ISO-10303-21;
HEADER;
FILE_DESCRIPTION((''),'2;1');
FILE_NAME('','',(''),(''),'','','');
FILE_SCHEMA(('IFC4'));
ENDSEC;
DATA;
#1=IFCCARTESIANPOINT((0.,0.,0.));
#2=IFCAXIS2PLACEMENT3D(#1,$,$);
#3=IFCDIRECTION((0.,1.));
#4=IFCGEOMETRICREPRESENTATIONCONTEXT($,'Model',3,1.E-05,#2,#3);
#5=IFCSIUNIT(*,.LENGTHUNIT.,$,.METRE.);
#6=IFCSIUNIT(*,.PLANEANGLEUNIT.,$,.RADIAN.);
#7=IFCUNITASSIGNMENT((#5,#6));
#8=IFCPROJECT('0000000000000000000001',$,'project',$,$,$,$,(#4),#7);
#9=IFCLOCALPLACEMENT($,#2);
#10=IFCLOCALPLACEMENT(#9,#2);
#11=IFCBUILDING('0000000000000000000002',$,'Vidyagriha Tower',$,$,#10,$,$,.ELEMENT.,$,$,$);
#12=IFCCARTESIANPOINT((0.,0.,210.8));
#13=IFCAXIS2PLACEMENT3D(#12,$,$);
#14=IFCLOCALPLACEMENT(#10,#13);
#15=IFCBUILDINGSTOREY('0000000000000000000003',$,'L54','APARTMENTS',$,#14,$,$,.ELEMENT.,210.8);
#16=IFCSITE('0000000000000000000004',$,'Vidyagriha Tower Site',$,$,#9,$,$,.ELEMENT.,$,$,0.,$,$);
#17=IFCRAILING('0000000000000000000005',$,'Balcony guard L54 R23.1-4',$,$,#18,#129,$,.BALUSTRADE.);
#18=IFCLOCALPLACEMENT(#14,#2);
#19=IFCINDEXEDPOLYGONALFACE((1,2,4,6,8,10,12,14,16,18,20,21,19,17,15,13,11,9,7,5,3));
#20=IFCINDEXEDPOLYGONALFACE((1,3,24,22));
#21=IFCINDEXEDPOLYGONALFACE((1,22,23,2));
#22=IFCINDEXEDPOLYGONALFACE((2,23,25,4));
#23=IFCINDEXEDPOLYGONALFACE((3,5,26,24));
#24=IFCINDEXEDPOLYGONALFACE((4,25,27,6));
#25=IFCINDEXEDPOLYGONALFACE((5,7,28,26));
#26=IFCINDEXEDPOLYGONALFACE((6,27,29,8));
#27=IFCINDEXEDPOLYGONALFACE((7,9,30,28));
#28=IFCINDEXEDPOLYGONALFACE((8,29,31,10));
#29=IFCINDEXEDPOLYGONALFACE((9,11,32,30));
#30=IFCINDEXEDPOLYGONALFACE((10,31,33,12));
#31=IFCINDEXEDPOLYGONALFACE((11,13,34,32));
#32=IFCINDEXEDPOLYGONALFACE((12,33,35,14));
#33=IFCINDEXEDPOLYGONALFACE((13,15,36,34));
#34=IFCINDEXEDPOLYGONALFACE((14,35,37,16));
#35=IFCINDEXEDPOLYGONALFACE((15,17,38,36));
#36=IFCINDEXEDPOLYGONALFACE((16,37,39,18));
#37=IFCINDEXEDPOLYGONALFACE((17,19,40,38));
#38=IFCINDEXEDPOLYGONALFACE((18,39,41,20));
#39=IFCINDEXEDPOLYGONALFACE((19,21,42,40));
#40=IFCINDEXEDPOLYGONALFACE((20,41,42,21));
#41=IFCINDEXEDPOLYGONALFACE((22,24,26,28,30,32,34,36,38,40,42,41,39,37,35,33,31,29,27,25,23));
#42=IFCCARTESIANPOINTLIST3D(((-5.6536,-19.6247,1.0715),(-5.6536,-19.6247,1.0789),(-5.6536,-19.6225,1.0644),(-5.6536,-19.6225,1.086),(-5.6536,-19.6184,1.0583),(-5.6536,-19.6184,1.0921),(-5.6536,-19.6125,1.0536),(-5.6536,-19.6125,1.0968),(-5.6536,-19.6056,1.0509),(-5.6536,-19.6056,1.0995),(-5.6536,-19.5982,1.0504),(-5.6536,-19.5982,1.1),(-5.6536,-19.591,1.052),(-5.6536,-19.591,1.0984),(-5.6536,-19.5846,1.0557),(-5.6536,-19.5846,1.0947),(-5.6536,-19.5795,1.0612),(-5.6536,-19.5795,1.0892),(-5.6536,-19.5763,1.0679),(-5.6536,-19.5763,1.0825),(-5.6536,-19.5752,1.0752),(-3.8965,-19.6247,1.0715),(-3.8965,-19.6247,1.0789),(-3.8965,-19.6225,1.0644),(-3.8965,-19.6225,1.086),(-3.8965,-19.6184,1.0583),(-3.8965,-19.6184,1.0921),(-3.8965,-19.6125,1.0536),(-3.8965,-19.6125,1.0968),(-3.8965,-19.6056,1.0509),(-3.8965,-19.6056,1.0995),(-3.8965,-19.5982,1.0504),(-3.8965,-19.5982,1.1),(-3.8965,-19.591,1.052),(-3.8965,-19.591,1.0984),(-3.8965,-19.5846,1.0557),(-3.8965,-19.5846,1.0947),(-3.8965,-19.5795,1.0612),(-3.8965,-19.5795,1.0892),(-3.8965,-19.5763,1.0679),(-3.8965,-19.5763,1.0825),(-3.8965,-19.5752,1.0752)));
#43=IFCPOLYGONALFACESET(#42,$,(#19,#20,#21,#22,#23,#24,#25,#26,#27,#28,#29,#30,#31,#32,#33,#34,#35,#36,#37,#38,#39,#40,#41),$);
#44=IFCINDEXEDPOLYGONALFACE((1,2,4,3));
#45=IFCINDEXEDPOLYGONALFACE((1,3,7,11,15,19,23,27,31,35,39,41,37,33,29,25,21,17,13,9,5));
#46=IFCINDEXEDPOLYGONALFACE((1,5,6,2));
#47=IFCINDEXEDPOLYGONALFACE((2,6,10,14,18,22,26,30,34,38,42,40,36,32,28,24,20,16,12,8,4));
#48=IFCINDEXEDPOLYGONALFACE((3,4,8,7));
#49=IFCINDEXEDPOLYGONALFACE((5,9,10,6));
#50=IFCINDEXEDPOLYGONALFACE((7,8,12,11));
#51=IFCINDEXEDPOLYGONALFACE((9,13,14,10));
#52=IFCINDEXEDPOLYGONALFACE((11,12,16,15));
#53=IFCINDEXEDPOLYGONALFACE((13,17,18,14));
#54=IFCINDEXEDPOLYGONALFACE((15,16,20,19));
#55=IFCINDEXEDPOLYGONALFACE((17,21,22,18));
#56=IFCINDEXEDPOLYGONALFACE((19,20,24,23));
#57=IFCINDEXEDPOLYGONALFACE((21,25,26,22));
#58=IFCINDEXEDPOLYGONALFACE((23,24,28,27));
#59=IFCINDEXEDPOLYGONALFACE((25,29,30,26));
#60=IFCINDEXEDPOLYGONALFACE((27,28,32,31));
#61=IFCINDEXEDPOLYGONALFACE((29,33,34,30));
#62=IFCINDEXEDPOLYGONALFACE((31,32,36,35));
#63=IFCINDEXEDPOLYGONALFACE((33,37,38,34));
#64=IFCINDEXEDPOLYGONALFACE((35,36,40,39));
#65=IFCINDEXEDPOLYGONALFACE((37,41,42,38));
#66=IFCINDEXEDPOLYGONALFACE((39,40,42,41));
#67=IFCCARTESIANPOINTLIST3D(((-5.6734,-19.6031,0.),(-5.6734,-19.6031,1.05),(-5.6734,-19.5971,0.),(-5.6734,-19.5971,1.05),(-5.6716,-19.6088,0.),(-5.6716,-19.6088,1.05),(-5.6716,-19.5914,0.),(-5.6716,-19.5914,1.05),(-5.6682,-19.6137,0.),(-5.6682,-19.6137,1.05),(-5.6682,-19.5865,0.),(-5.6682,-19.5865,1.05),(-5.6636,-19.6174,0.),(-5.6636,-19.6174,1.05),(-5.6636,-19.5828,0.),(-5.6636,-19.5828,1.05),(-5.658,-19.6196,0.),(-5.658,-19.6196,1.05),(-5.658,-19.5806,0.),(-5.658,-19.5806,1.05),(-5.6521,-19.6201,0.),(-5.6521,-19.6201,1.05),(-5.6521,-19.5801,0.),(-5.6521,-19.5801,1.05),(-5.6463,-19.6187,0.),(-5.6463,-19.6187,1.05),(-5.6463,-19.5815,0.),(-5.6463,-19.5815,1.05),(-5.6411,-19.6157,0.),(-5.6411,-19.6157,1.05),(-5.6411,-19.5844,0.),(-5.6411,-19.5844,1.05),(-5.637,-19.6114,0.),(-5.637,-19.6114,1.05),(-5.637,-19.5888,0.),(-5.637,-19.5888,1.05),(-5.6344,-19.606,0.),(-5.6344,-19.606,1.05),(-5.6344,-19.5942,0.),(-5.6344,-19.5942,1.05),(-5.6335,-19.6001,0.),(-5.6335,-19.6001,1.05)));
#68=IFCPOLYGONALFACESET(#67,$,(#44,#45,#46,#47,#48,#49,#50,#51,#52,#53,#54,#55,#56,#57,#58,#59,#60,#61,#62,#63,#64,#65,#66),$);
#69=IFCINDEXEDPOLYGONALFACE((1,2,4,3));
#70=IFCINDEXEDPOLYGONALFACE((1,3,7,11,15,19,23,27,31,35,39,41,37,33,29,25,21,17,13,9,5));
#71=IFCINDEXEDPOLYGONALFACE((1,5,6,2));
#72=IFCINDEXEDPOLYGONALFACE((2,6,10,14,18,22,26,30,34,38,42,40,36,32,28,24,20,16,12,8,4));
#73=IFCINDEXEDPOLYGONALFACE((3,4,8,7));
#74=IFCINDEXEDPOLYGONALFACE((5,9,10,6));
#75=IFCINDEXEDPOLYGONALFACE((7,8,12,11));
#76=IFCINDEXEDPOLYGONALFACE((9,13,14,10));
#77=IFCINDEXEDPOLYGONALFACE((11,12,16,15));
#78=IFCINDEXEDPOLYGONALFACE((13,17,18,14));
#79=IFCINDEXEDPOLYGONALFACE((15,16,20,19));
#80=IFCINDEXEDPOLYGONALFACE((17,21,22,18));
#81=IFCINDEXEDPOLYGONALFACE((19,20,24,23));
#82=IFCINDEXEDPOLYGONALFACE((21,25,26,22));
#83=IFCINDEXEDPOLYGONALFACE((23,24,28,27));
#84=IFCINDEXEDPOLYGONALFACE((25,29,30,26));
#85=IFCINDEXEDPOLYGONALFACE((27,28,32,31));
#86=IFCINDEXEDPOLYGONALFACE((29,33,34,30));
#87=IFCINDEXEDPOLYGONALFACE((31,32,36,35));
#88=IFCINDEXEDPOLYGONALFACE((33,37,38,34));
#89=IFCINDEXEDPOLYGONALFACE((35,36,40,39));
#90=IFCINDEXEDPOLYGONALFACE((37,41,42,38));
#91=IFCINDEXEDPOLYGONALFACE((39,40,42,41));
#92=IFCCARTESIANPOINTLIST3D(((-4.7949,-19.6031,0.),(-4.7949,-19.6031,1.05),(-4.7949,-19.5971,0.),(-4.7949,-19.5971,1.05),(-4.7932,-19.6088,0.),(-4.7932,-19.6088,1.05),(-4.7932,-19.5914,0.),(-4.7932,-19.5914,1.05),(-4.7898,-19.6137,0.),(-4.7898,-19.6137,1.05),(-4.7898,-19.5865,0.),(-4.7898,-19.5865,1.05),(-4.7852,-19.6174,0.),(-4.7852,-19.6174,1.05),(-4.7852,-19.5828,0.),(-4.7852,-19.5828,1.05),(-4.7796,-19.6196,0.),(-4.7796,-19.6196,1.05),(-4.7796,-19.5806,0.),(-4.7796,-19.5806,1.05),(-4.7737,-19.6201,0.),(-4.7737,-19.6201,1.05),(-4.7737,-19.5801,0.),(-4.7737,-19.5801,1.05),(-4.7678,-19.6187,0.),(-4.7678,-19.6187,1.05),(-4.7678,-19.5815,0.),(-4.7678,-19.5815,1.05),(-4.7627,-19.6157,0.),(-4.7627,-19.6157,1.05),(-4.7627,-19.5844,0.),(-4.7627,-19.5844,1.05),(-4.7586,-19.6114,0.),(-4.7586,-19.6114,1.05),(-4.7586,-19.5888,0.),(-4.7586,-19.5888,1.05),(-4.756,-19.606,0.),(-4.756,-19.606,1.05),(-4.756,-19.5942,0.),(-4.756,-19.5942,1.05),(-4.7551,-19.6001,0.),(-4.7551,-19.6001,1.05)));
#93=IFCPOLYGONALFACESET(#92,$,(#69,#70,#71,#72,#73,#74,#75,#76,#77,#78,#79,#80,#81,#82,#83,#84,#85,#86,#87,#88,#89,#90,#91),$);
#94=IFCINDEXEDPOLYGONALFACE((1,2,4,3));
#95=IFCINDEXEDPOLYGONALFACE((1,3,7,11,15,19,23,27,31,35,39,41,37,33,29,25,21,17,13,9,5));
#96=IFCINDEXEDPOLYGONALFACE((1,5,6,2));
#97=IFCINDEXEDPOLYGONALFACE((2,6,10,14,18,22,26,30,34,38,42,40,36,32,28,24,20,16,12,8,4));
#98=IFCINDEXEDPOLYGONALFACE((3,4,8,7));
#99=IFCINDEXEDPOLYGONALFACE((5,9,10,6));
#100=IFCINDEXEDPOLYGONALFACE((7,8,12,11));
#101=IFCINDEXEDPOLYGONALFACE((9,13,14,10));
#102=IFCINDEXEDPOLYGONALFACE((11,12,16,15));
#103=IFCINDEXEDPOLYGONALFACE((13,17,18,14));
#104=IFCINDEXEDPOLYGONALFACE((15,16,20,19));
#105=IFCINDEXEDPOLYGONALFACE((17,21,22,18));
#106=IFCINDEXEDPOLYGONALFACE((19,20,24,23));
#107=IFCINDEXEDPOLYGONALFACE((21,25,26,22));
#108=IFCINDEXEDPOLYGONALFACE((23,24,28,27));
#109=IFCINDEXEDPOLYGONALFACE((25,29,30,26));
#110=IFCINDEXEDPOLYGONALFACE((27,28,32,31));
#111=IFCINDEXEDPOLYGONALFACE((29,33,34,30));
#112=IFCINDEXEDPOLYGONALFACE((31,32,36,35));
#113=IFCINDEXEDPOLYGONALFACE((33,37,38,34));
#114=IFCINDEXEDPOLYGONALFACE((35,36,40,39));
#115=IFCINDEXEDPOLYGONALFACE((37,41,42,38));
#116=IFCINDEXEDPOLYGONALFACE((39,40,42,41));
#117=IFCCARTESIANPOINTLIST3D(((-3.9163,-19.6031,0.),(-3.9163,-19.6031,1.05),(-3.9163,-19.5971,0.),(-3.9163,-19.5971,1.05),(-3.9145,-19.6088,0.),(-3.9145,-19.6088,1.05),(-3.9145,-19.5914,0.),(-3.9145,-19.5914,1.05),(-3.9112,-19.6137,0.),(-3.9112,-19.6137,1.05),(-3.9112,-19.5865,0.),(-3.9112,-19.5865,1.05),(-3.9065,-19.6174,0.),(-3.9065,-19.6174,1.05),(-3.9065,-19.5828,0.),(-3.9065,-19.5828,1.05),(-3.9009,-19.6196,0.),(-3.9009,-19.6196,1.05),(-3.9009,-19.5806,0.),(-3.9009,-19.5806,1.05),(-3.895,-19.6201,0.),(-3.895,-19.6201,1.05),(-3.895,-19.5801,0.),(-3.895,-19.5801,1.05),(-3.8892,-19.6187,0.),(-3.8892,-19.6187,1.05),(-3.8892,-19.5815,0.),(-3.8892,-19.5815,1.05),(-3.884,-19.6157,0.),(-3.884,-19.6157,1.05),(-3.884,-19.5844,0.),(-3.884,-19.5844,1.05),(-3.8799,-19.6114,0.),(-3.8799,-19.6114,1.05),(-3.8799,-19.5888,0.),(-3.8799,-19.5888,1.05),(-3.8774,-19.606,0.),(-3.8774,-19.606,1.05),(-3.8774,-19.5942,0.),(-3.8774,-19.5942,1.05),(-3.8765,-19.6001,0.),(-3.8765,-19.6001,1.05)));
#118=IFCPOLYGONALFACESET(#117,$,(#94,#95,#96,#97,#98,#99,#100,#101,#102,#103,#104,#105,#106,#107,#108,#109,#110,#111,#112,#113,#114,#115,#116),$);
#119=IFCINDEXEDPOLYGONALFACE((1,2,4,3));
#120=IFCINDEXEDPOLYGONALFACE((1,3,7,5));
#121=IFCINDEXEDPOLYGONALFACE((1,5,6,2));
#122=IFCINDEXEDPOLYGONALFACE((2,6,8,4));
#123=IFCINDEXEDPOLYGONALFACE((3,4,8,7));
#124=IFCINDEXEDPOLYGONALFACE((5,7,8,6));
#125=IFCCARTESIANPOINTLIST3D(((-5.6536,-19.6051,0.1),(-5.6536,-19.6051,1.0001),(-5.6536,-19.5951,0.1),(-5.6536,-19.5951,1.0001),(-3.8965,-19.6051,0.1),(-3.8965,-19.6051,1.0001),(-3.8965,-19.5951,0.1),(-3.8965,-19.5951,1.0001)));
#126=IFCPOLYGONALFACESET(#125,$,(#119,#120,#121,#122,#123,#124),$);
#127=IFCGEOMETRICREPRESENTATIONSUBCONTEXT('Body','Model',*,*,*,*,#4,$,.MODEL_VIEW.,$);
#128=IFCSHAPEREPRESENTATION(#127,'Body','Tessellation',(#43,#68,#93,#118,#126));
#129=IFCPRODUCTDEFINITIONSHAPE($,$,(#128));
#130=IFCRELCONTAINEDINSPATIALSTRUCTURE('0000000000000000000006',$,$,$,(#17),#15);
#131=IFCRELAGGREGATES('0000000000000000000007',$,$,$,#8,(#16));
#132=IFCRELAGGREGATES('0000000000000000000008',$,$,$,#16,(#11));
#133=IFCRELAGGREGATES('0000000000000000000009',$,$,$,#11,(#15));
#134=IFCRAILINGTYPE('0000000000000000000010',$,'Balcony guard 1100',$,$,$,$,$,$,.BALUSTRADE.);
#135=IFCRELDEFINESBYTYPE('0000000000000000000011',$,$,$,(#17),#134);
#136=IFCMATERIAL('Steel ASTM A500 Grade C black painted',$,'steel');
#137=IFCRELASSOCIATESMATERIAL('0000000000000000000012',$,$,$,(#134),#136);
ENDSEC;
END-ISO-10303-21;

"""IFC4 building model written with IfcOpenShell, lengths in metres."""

from ifc_helpers import new_model, si_unit, direction, frame, origin, origin_2d, place, context, subcontext, project, spatial, rectangle, circle, extrude, material, type_object, element, save


model = new_model("IFC4")

# Units and contexts
model_context = context("Model", 3, precision=1e-05, world=origin(), true_north=direction((0.0, 1.0)))
body_context = subcontext(model_context, "Body", "Model", "MODEL_VIEW")
ifc_project = project(units=[si_unit("LENGTHUNIT", "METRE"), si_unit("PLANEANGLEUNIT", "RADIAN")], contexts=[model_context])

# Site, building, storey
site_placement = place(None, origin())
site = spatial("IfcSite", under=ifc_project, at=site_placement, Name="Vidyagriha Tower Site", CompositionType="ELEMENT", RefElevation=0.0)
building_placement = place(site_placement, origin())
building = spatial("IfcBuilding", under=site, at=building_placement, Name="Vidyagriha Tower", CompositionType="ELEMENT")
storey_placement = place(building_placement, frame((0.0, 0.0, 210.8)))
storey = spatial("IfcBuildingStorey", under=building, at=storey_placement, Name="L54", Description="APARTMENTS", CompositionType="ELEMENT", Elevation=210.8)

# Railing
ifc_material_1 = material(Name="Steel ASTM A500 Grade C black painted", Category="steel")
railing_type = type_object("IfcRailingType", Name="Balcony guard 1100", PredefinedType="BALUSTRADE", material=ifc_material_1)
railing_1_placement = place(storey_placement, frame((-5.6536, -19.6001, 0.0)))
element("IfcRailing", 1, at=railing_1_placement, inside=storey, type_object=railing_type, Name="Balcony guard L54 R23.1-4", PredefinedType="BALUSTRADE", context=body_context, shape_type="SweptSolid", body=[
    extrude(circle(Radius=0.0249, at=origin_2d()), frame((0.0, 0.0, 1.0752), z_axis=(1.0, 0.0, 0.0), x_axis=(0.0, 1.0, 0.0)), (0.0, 0.0, 1.0), 1.7571),
    extrude(circle(Radius=0.02, at=origin_2d()), origin(), (0.0, 0.0, 1.0), 1.05),
    extrude(circle(Radius=0.02, at=origin_2d()), frame((0.8784, 0.0, 0.0)), (0.0, 0.0, 1.0), 1.05),
    extrude(circle(Radius=0.02, at=origin_2d()), frame((1.7571, 0.0, 0.0)), (0.0, 0.0, 1.0), 1.05),
    extrude(rectangle(XDim=0.01, YDim=0.9001, at=origin_2d()), frame((0.0, 0.0, 0.55), z_axis=(1.0, 0.0, 0.0), x_axis=(0.0, 1.0, 0.0)), (0.0, 0.0, 1.0), 1.7571),
])

save(model, "model.ifc")
